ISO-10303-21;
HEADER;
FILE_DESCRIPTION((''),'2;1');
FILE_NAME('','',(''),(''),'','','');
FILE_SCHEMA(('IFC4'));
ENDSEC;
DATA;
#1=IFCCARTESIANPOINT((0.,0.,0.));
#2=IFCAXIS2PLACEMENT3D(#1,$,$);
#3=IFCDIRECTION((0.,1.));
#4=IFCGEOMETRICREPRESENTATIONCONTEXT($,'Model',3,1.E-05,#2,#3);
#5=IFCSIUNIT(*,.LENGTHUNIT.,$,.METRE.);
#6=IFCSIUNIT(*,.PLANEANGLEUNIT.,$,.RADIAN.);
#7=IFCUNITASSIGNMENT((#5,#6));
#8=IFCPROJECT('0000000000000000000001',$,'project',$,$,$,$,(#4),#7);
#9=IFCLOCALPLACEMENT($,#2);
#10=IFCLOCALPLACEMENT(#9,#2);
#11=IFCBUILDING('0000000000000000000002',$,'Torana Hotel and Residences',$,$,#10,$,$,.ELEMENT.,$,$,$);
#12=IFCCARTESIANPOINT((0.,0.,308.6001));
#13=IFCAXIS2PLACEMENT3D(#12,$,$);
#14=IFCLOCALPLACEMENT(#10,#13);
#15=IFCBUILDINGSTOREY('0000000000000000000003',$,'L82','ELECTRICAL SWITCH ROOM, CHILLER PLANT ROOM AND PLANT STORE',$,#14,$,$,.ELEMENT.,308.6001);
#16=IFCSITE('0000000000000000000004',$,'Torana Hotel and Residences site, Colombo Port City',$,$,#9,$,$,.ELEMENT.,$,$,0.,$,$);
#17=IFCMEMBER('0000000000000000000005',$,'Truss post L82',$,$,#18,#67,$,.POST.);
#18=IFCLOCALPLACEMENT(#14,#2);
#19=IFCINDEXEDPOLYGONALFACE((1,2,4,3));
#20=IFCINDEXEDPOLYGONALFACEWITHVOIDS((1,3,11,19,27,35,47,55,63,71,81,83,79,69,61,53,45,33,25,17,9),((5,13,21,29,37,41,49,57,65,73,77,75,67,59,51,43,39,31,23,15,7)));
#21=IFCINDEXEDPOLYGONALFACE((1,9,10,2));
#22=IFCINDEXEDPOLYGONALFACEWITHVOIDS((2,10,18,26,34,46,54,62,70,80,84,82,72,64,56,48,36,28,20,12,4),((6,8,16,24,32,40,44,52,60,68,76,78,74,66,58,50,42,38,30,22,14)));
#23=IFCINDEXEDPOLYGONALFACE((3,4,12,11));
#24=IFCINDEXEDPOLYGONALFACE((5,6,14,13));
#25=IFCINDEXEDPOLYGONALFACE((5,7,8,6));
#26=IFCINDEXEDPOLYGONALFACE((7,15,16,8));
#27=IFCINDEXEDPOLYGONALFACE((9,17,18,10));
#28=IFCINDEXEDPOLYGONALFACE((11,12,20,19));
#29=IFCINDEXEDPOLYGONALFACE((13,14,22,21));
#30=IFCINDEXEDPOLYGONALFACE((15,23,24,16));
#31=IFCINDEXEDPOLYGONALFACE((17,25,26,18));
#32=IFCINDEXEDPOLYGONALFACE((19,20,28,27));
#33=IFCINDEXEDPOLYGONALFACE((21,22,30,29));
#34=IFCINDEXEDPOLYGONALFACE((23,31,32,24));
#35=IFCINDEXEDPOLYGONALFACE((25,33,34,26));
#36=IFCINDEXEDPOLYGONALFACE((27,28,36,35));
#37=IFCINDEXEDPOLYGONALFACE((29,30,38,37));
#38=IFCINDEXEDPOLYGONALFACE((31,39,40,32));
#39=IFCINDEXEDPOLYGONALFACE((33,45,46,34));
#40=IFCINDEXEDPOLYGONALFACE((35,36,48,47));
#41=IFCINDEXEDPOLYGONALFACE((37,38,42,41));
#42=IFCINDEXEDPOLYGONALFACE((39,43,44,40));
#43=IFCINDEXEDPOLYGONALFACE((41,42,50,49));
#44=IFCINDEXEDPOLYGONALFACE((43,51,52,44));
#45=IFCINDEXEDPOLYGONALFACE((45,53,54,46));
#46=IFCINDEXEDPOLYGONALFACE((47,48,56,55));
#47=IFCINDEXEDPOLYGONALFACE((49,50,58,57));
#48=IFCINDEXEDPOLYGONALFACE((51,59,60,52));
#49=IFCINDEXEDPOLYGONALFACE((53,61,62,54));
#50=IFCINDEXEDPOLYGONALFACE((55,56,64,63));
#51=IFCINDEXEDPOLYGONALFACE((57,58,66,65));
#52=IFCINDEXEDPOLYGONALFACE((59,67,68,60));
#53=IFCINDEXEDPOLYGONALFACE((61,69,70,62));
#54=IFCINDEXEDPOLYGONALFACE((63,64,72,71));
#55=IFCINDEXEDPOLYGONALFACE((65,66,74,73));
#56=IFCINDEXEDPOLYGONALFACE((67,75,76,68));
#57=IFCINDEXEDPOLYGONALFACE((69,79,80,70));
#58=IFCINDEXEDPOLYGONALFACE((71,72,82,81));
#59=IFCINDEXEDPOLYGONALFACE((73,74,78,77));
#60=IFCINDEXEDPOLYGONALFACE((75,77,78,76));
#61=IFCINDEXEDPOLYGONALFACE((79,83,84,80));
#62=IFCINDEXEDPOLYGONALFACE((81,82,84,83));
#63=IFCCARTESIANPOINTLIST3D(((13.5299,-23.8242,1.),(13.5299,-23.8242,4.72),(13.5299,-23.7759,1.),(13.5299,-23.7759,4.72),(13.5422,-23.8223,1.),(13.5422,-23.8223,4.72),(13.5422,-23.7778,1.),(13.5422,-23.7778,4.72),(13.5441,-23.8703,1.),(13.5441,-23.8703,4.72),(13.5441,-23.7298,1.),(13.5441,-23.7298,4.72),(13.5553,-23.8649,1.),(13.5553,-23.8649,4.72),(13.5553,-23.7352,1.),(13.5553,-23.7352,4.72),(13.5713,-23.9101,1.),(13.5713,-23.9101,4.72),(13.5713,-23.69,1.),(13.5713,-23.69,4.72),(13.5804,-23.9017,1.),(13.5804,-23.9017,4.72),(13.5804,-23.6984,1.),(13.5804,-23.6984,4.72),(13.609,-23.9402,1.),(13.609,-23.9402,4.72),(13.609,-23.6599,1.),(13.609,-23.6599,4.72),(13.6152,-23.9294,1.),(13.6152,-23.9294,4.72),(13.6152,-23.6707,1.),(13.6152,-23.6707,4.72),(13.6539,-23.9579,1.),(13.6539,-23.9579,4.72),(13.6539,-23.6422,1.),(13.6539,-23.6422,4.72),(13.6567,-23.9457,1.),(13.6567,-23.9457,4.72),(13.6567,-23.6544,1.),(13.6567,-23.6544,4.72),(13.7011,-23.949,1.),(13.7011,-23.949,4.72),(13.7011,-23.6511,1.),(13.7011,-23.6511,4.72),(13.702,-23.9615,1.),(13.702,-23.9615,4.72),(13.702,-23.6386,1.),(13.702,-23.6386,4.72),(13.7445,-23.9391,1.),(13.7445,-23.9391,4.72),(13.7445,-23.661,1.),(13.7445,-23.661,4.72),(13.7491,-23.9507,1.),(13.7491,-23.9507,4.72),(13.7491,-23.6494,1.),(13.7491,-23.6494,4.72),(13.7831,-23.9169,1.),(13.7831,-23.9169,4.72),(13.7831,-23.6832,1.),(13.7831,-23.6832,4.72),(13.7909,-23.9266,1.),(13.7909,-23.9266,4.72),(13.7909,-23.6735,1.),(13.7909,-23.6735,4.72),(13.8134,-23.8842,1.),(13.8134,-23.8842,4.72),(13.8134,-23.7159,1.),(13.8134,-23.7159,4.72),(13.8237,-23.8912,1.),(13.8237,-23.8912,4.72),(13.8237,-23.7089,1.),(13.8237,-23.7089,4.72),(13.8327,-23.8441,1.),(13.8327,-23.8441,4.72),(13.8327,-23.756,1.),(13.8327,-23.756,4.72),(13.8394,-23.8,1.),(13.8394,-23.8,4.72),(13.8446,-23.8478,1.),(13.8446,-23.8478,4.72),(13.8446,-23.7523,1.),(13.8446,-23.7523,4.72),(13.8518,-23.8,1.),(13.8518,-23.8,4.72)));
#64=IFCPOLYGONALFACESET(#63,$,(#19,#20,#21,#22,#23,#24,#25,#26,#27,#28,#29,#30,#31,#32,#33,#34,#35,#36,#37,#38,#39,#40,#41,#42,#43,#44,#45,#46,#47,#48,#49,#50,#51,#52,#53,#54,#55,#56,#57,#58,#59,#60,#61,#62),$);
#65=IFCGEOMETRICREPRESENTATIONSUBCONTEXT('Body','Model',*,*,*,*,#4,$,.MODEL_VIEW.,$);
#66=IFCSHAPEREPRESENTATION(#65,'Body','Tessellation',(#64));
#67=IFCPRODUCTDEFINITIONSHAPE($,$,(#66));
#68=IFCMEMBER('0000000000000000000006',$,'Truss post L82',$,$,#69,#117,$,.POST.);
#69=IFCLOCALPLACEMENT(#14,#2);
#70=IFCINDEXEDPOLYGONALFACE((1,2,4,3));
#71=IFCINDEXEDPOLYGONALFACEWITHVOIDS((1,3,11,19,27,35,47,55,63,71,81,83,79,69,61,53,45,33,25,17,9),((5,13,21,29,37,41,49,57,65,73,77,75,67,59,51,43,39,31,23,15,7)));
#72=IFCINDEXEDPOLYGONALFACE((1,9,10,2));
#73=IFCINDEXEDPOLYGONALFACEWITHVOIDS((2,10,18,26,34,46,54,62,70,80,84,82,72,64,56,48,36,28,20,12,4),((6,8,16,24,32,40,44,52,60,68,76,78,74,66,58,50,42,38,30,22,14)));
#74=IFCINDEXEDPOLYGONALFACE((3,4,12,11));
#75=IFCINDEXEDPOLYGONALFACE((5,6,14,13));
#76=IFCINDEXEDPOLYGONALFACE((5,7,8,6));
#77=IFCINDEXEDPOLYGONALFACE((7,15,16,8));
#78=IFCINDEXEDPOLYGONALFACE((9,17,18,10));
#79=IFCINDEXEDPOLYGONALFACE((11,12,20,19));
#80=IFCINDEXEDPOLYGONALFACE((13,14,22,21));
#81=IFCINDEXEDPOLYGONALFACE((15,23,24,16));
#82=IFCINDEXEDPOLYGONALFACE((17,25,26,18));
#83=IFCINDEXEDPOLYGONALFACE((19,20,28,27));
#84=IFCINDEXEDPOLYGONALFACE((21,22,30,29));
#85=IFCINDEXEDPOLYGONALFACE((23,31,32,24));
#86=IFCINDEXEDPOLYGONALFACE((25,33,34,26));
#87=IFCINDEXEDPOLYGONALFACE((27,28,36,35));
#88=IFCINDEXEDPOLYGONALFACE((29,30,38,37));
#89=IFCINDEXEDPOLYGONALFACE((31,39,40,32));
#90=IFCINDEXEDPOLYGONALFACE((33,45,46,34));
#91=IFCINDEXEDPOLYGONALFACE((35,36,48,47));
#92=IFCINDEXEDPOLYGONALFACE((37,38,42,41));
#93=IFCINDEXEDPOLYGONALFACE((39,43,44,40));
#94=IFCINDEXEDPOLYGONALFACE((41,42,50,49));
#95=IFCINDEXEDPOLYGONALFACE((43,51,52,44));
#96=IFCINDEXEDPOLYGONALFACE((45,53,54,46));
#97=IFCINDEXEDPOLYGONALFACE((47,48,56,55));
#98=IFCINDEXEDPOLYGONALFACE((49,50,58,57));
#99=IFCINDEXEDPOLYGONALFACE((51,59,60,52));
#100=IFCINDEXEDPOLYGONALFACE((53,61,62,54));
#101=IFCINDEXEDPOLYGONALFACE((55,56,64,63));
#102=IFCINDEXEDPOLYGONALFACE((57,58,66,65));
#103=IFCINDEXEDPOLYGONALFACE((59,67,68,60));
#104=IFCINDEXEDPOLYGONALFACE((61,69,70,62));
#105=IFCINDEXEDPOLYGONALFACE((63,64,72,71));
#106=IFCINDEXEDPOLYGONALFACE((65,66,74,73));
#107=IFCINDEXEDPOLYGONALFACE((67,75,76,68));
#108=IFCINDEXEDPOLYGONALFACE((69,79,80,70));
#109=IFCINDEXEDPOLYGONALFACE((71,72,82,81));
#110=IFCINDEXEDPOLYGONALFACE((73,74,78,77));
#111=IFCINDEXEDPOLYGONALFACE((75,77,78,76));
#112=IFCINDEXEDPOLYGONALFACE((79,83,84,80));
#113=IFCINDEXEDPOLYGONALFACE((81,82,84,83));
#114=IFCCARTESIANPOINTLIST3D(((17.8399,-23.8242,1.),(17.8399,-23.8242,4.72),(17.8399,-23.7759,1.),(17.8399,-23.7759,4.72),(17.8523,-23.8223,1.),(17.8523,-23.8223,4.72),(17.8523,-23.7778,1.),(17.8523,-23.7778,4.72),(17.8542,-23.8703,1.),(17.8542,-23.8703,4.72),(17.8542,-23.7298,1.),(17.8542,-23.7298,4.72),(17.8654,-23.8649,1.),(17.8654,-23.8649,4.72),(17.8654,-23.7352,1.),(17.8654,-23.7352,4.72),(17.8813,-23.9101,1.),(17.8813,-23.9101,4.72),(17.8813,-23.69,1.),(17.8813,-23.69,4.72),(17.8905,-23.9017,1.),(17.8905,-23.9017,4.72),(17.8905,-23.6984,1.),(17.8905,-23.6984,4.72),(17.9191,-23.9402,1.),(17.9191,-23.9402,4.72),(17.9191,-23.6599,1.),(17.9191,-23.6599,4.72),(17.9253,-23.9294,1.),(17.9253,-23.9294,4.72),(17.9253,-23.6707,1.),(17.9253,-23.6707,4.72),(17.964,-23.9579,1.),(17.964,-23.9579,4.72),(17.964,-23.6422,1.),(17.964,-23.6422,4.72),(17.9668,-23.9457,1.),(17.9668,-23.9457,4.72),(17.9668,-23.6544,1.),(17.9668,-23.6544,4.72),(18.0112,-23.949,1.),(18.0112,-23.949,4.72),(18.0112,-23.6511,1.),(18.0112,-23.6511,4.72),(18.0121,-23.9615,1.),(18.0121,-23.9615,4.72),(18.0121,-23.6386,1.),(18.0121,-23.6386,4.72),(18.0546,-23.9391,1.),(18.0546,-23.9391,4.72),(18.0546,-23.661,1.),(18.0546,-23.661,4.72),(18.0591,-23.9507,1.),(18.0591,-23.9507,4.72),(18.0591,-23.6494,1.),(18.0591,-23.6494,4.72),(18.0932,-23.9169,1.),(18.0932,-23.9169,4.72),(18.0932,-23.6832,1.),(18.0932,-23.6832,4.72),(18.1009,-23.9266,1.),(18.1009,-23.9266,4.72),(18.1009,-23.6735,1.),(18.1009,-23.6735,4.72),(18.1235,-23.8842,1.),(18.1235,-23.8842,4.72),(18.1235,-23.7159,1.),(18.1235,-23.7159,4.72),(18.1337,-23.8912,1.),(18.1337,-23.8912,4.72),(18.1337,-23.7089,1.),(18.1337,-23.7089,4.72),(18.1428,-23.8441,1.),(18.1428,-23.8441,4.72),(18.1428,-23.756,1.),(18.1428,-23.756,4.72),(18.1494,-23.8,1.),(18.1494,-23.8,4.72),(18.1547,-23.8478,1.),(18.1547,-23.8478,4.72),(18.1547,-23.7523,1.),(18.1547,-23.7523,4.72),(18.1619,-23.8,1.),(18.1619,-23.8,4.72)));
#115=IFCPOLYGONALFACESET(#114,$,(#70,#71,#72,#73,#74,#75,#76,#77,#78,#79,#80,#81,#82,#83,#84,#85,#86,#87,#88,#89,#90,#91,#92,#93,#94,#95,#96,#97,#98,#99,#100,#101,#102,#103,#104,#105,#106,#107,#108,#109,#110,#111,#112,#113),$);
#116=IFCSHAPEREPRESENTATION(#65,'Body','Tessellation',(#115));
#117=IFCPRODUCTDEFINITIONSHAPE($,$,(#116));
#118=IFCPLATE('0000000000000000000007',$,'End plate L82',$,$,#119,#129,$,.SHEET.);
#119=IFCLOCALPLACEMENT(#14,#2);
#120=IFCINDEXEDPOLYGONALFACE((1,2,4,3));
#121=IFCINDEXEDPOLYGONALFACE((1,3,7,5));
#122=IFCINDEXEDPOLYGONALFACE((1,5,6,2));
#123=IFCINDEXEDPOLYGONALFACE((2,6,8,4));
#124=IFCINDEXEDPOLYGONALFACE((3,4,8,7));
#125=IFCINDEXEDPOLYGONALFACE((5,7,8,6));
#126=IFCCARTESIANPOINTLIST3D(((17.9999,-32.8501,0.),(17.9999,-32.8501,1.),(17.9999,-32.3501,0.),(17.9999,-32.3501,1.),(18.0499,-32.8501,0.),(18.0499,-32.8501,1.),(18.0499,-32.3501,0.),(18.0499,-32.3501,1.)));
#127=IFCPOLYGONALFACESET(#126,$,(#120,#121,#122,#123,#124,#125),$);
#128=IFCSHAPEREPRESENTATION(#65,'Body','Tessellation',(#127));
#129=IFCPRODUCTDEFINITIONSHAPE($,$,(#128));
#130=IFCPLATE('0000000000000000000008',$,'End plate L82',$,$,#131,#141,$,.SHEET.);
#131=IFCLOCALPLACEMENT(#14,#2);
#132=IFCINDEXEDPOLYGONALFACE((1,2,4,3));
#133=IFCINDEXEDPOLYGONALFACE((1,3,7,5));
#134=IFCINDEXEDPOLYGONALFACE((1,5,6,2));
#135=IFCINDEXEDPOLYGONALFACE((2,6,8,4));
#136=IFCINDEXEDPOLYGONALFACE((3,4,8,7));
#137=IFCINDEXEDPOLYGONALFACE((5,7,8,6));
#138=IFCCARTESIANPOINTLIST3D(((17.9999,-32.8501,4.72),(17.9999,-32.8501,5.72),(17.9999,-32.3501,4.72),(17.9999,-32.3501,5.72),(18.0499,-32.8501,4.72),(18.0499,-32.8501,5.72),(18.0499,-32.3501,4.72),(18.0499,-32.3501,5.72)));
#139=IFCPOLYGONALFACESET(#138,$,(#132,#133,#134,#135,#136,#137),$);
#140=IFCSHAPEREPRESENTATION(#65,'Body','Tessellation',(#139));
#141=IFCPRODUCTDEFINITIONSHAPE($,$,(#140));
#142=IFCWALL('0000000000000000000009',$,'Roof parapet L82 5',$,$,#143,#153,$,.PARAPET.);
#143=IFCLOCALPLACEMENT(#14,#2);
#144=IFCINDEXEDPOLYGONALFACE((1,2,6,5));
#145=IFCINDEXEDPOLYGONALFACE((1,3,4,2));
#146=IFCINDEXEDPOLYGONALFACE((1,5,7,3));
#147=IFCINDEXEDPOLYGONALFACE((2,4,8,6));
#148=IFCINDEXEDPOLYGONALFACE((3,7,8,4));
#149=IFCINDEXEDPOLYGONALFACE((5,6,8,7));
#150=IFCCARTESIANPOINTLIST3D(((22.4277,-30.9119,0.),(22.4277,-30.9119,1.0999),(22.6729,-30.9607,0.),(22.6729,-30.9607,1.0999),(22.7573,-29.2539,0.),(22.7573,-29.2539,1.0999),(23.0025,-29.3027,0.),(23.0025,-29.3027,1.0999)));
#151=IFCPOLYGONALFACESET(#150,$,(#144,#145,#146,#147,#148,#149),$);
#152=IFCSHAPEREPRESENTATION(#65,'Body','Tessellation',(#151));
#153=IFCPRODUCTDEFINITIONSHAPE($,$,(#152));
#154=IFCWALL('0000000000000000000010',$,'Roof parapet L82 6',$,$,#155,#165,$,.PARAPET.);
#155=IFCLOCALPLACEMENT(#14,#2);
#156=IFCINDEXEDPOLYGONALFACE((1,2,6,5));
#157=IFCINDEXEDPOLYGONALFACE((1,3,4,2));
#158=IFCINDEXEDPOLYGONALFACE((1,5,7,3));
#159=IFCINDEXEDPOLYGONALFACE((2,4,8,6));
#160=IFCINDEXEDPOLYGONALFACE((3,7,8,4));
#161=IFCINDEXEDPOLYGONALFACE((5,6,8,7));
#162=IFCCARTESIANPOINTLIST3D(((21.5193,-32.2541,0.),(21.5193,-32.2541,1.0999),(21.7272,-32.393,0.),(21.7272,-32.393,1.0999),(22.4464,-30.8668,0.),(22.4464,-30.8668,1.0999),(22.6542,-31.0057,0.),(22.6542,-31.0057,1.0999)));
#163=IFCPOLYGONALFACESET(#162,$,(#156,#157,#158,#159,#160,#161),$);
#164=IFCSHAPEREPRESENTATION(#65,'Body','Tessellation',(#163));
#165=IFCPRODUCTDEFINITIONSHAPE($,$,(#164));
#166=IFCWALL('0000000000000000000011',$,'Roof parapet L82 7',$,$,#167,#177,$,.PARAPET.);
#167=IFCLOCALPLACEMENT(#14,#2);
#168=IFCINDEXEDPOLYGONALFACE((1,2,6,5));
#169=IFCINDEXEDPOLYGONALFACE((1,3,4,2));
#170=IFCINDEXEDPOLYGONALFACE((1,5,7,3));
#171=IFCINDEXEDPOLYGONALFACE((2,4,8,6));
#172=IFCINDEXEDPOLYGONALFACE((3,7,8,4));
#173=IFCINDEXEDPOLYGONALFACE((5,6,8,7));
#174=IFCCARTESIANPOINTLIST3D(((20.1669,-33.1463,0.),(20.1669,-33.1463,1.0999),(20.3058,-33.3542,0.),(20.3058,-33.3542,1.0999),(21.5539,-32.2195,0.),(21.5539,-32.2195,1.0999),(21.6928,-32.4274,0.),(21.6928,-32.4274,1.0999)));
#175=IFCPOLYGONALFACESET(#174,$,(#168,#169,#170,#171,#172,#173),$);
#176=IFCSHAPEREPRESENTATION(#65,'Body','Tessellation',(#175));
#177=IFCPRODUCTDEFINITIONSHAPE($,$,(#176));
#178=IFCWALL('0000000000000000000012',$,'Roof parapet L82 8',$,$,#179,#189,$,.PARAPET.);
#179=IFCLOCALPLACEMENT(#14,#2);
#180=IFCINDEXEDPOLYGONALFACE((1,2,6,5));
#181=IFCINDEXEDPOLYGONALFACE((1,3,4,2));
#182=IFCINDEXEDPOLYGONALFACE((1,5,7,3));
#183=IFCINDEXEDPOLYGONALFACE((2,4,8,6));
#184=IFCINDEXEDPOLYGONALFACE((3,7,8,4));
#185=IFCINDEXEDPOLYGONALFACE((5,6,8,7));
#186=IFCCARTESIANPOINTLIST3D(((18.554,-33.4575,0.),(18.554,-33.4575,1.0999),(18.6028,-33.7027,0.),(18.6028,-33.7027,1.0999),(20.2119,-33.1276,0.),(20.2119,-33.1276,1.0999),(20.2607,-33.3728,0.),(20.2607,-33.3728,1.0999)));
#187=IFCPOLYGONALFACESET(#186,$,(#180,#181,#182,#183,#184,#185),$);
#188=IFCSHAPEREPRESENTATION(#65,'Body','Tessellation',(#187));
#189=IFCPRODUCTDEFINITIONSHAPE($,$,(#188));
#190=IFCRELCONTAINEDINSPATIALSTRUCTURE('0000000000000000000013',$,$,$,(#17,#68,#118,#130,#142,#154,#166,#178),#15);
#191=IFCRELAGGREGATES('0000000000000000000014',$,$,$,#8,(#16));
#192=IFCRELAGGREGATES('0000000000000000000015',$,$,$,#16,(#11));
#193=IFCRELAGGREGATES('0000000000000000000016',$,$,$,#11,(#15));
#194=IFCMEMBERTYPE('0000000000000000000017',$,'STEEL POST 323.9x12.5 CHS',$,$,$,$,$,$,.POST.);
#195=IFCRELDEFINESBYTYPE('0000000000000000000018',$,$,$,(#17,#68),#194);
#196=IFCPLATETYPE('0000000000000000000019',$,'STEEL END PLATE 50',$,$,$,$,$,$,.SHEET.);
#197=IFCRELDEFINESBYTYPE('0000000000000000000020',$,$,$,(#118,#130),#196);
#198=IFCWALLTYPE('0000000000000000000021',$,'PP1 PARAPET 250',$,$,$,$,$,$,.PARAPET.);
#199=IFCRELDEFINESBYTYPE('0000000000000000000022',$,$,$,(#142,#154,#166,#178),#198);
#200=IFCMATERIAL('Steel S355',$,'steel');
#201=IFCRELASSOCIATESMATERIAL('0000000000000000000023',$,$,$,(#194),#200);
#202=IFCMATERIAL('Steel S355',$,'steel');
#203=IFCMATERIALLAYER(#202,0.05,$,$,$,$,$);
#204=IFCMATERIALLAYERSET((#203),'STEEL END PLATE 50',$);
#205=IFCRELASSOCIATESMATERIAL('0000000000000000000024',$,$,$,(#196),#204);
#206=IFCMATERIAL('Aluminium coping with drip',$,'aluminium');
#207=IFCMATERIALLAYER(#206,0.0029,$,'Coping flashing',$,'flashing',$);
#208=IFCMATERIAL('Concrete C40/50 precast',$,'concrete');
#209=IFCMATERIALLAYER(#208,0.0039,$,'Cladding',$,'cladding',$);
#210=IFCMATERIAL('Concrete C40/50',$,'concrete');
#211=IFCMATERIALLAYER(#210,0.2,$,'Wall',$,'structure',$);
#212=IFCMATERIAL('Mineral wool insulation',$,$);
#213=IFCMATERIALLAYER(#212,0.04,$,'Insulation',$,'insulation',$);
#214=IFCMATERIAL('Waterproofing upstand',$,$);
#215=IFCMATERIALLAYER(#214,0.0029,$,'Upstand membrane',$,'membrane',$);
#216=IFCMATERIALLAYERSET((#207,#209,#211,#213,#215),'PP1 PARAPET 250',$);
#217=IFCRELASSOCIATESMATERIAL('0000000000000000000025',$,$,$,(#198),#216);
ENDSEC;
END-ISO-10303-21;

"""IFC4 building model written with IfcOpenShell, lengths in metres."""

from ifc_helpers import new_model, si_unit, direction, frame, frame_2d, origin, origin_2d, place, context, subcontext, project, spatial, rectangle, hollow_circle, extrude, material, layer, layer_set, material_profile, profile_set, type_object, element, save


model = new_model("IFC4")

# Units and contexts
model_context = context("Model", 3, precision=1e-05, world=origin(), true_north=direction((0.0, 1.0)))
body_context = subcontext(model_context, "Body", "Model", "MODEL_VIEW")
ifc_project = project(units=[si_unit("LENGTHUNIT", "METRE"), si_unit("PLANEANGLEUNIT", "RADIAN")], contexts=[model_context])

# Site, building, storey
site_placement = place(None, origin())
site = spatial("IfcSite", under=ifc_project, at=site_placement, Name="Torana Hotel and Residences site, Colombo Port City", CompositionType="ELEMENT", RefElevation=0.0)
building_placement = place(site_placement, origin())
building = spatial("IfcBuilding", under=site, at=building_placement, Name="Torana Hotel and Residences", CompositionType="ELEMENT")
storey_placement = place(building_placement, frame((0.0, 0.0, 308.6001)))
storey = spatial("IfcBuildingStorey", under=building, at=storey_placement, Name="L82", Description="ELECTRICAL SWITCH ROOM, CHILLER PLANT ROOM AND PLANT STORE", CompositionType="ELEMENT", Elevation=308.6001)

# Members
ifc_material_1 = material(Name="Steel S355", Category="steel")
ifc_material_profile_1 = material_profile(ifc_material_1, hollow_circle(Radius=0.1619, WallThickness=0.0125, at=origin_2d()), Name="323.9x12.5 CHS")
ifc_profile_set_1 = profile_set([ifc_material_profile_1], Name="Steel S355")
member_type_1 = type_object("IfcMemberType", Name="STEEL POST 323.9x12.5 CHS", PredefinedType="POST", material=ifc_profile_set_1)
for number, where, z_axis, x_axis, name in (
    (1, (13.6899, -23.8, 1.0), (0.0, 0.0, 1.0), (1.0, 0.0, 0.0), "Truss post L82"),
    (2, (18.0, -23.8, 1.0), (0.0, 0.0, 1.0), (1.0, 0.0, 0.0), "Truss post L82"),
):
    element("IfcMember", number, at=place(storey_placement, frame(where, z_axis=z_axis, x_axis=x_axis)), inside=storey, type_object=member_type_1, Name=name, PredefinedType="POST", context=body_context, shape_type="SweptSolid", body=[
        extrude(hollow_circle(Radius=0.1619, WallThickness=0.0125, at=origin_2d()), origin(), (0.0, 0.0, 1.0), 3.72),
    ])

# Plates
ifc_material_2 = material(Name="Steel S355", Category="steel")
ifc_layer_1 = layer(ifc_material_2, 0.05)
ifc_layer_set_1 = layer_set([ifc_layer_1], Name="STEEL END PLATE 50")
plate_type = type_object("IfcPlateType", Name="STEEL END PLATE 50", PredefinedType="SHEET", material=ifc_layer_set_1)
for number, where, z_axis, x_axis, name in (
    (3, (18.0249, -32.6001, 0.0), (0.0, 0.0, 1.0), (1.0, 0.0, 0.0), "End plate L82"),
    (4, (18.0249, -32.6001, 4.72), (0.0, 0.0, 1.0), (1.0, 0.0, 0.0), "End plate L82"),
):
    element("IfcPlate", number, at=place(storey_placement, frame(where, z_axis=z_axis, x_axis=x_axis)), inside=storey, type_object=plate_type, Name=name, PredefinedType="SHEET", context=body_context, shape_type="SweptSolid", body=[
        extrude(rectangle(XDim=0.05, YDim=0.5, at=origin_2d()), origin(), (0.0, 0.0, 1.0), 1.0),
    ])

# Walls
ifc_material_3 = material(Name="Aluminium coping with drip", Category="aluminium")
ifc_layer_2 = layer(ifc_material_3, 0.0029, Name="Coping flashing", Category="flashing")
ifc_material_4 = material(Name="Concrete C40/50 precast", Category="concrete")
ifc_layer_3 = layer(ifc_material_4, 0.0039, Name="Cladding", Category="cladding")
ifc_material_5 = material(Name="Concrete C40/50", Category="concrete")
ifc_layer_4 = layer(ifc_material_5, 0.2, Name="Wall", Category="structure")
ifc_material_6 = material(Name="Mineral wool insulation")
ifc_layer_5 = layer(ifc_material_6, 0.04, Name="Insulation", Category="insulation")
ifc_material_7 = material(Name="Waterproofing upstand")
ifc_layer_6 = layer(ifc_material_7, 0.0029, Name="Upstand membrane", Category="membrane")
ifc_layer_set_2 = layer_set([ifc_layer_2, ifc_layer_3, ifc_layer_4, ifc_layer_5, ifc_layer_6], Name="PP1 PARAPET 250")
wall_type = type_object("IfcWallType", Name="PP1 PARAPET 250", PredefinedType="PARAPET", material=ifc_layer_set_2)
wall_1_placement = place(storey_placement, frame((22.8799, -29.2783, 0.0), z_axis=(0.0, 0.0, 1.0), x_axis=(-0.194977, -0.980808, 0.0)))
element("IfcWall", 5, at=wall_1_placement, inside=storey, type_object=wall_type, Name="Roof parapet L82 5", PredefinedType="PARAPET", context=body_context, shape_type="SweptSolid", body=[
    extrude(rectangle(XDim=1.6904, YDim=0.25, at=frame_2d((0.8452, 0.0))), origin(), (0.0, 0.0, 1.0), 1.0999),
])
wall_2_placement = place(storey_placement, frame((22.5503, -30.9363, 0.0), z_axis=(0.0, 0.0, 1.0), x_axis=(-0.555612, -0.831442, 0.0)))
element("IfcWall", 6, at=wall_2_placement, inside=storey, type_object=wall_type, Name="Roof parapet L82 6", PredefinedType="PARAPET", context=body_context, shape_type="SweptSolid", body=[
    extrude(rectangle(XDim=1.6685, YDim=0.25, at=frame_2d((0.8342, 0.0))), origin(), (0.0, 0.0, 1.0), 1.0999),
])
wall_3_placement = place(storey_placement, frame((21.6233, -32.3235, 0.0), z_axis=(0.0, 0.0, 1.0), x_axis=(-0.831464, -0.555578, 0.0)))
element("IfcWall", 7, at=wall_3_placement, inside=storey, type_object=wall_type, Name="Roof parapet L82 7", PredefinedType="PARAPET", context=body_context, shape_type="SweptSolid", body=[
    extrude(rectangle(XDim=1.6682, YDim=0.25, at=frame_2d((0.834, 0.0))), origin(), (0.0, 0.0, 1.0), 1.0999),
])
wall_4_placement = place(storey_placement, frame((20.2363, -33.2502, 0.0), z_axis=(0.0, 0.0, 1.0), x_axis=(-0.98078, -0.195116, 0.0)))
element("IfcWall", 8, at=wall_4_placement, inside=storey, type_object=wall_type, Name="Roof parapet L82 8", PredefinedType="PARAPET", context=body_context, shape_type="SweptSolid", body=[
    extrude(rectangle(XDim=1.6904, YDim=0.25, at=frame_2d((0.8452, 0.0))), origin(), (0.0, 0.0, 1.0), 1.0999),
])

save(model, "model.ifc")
